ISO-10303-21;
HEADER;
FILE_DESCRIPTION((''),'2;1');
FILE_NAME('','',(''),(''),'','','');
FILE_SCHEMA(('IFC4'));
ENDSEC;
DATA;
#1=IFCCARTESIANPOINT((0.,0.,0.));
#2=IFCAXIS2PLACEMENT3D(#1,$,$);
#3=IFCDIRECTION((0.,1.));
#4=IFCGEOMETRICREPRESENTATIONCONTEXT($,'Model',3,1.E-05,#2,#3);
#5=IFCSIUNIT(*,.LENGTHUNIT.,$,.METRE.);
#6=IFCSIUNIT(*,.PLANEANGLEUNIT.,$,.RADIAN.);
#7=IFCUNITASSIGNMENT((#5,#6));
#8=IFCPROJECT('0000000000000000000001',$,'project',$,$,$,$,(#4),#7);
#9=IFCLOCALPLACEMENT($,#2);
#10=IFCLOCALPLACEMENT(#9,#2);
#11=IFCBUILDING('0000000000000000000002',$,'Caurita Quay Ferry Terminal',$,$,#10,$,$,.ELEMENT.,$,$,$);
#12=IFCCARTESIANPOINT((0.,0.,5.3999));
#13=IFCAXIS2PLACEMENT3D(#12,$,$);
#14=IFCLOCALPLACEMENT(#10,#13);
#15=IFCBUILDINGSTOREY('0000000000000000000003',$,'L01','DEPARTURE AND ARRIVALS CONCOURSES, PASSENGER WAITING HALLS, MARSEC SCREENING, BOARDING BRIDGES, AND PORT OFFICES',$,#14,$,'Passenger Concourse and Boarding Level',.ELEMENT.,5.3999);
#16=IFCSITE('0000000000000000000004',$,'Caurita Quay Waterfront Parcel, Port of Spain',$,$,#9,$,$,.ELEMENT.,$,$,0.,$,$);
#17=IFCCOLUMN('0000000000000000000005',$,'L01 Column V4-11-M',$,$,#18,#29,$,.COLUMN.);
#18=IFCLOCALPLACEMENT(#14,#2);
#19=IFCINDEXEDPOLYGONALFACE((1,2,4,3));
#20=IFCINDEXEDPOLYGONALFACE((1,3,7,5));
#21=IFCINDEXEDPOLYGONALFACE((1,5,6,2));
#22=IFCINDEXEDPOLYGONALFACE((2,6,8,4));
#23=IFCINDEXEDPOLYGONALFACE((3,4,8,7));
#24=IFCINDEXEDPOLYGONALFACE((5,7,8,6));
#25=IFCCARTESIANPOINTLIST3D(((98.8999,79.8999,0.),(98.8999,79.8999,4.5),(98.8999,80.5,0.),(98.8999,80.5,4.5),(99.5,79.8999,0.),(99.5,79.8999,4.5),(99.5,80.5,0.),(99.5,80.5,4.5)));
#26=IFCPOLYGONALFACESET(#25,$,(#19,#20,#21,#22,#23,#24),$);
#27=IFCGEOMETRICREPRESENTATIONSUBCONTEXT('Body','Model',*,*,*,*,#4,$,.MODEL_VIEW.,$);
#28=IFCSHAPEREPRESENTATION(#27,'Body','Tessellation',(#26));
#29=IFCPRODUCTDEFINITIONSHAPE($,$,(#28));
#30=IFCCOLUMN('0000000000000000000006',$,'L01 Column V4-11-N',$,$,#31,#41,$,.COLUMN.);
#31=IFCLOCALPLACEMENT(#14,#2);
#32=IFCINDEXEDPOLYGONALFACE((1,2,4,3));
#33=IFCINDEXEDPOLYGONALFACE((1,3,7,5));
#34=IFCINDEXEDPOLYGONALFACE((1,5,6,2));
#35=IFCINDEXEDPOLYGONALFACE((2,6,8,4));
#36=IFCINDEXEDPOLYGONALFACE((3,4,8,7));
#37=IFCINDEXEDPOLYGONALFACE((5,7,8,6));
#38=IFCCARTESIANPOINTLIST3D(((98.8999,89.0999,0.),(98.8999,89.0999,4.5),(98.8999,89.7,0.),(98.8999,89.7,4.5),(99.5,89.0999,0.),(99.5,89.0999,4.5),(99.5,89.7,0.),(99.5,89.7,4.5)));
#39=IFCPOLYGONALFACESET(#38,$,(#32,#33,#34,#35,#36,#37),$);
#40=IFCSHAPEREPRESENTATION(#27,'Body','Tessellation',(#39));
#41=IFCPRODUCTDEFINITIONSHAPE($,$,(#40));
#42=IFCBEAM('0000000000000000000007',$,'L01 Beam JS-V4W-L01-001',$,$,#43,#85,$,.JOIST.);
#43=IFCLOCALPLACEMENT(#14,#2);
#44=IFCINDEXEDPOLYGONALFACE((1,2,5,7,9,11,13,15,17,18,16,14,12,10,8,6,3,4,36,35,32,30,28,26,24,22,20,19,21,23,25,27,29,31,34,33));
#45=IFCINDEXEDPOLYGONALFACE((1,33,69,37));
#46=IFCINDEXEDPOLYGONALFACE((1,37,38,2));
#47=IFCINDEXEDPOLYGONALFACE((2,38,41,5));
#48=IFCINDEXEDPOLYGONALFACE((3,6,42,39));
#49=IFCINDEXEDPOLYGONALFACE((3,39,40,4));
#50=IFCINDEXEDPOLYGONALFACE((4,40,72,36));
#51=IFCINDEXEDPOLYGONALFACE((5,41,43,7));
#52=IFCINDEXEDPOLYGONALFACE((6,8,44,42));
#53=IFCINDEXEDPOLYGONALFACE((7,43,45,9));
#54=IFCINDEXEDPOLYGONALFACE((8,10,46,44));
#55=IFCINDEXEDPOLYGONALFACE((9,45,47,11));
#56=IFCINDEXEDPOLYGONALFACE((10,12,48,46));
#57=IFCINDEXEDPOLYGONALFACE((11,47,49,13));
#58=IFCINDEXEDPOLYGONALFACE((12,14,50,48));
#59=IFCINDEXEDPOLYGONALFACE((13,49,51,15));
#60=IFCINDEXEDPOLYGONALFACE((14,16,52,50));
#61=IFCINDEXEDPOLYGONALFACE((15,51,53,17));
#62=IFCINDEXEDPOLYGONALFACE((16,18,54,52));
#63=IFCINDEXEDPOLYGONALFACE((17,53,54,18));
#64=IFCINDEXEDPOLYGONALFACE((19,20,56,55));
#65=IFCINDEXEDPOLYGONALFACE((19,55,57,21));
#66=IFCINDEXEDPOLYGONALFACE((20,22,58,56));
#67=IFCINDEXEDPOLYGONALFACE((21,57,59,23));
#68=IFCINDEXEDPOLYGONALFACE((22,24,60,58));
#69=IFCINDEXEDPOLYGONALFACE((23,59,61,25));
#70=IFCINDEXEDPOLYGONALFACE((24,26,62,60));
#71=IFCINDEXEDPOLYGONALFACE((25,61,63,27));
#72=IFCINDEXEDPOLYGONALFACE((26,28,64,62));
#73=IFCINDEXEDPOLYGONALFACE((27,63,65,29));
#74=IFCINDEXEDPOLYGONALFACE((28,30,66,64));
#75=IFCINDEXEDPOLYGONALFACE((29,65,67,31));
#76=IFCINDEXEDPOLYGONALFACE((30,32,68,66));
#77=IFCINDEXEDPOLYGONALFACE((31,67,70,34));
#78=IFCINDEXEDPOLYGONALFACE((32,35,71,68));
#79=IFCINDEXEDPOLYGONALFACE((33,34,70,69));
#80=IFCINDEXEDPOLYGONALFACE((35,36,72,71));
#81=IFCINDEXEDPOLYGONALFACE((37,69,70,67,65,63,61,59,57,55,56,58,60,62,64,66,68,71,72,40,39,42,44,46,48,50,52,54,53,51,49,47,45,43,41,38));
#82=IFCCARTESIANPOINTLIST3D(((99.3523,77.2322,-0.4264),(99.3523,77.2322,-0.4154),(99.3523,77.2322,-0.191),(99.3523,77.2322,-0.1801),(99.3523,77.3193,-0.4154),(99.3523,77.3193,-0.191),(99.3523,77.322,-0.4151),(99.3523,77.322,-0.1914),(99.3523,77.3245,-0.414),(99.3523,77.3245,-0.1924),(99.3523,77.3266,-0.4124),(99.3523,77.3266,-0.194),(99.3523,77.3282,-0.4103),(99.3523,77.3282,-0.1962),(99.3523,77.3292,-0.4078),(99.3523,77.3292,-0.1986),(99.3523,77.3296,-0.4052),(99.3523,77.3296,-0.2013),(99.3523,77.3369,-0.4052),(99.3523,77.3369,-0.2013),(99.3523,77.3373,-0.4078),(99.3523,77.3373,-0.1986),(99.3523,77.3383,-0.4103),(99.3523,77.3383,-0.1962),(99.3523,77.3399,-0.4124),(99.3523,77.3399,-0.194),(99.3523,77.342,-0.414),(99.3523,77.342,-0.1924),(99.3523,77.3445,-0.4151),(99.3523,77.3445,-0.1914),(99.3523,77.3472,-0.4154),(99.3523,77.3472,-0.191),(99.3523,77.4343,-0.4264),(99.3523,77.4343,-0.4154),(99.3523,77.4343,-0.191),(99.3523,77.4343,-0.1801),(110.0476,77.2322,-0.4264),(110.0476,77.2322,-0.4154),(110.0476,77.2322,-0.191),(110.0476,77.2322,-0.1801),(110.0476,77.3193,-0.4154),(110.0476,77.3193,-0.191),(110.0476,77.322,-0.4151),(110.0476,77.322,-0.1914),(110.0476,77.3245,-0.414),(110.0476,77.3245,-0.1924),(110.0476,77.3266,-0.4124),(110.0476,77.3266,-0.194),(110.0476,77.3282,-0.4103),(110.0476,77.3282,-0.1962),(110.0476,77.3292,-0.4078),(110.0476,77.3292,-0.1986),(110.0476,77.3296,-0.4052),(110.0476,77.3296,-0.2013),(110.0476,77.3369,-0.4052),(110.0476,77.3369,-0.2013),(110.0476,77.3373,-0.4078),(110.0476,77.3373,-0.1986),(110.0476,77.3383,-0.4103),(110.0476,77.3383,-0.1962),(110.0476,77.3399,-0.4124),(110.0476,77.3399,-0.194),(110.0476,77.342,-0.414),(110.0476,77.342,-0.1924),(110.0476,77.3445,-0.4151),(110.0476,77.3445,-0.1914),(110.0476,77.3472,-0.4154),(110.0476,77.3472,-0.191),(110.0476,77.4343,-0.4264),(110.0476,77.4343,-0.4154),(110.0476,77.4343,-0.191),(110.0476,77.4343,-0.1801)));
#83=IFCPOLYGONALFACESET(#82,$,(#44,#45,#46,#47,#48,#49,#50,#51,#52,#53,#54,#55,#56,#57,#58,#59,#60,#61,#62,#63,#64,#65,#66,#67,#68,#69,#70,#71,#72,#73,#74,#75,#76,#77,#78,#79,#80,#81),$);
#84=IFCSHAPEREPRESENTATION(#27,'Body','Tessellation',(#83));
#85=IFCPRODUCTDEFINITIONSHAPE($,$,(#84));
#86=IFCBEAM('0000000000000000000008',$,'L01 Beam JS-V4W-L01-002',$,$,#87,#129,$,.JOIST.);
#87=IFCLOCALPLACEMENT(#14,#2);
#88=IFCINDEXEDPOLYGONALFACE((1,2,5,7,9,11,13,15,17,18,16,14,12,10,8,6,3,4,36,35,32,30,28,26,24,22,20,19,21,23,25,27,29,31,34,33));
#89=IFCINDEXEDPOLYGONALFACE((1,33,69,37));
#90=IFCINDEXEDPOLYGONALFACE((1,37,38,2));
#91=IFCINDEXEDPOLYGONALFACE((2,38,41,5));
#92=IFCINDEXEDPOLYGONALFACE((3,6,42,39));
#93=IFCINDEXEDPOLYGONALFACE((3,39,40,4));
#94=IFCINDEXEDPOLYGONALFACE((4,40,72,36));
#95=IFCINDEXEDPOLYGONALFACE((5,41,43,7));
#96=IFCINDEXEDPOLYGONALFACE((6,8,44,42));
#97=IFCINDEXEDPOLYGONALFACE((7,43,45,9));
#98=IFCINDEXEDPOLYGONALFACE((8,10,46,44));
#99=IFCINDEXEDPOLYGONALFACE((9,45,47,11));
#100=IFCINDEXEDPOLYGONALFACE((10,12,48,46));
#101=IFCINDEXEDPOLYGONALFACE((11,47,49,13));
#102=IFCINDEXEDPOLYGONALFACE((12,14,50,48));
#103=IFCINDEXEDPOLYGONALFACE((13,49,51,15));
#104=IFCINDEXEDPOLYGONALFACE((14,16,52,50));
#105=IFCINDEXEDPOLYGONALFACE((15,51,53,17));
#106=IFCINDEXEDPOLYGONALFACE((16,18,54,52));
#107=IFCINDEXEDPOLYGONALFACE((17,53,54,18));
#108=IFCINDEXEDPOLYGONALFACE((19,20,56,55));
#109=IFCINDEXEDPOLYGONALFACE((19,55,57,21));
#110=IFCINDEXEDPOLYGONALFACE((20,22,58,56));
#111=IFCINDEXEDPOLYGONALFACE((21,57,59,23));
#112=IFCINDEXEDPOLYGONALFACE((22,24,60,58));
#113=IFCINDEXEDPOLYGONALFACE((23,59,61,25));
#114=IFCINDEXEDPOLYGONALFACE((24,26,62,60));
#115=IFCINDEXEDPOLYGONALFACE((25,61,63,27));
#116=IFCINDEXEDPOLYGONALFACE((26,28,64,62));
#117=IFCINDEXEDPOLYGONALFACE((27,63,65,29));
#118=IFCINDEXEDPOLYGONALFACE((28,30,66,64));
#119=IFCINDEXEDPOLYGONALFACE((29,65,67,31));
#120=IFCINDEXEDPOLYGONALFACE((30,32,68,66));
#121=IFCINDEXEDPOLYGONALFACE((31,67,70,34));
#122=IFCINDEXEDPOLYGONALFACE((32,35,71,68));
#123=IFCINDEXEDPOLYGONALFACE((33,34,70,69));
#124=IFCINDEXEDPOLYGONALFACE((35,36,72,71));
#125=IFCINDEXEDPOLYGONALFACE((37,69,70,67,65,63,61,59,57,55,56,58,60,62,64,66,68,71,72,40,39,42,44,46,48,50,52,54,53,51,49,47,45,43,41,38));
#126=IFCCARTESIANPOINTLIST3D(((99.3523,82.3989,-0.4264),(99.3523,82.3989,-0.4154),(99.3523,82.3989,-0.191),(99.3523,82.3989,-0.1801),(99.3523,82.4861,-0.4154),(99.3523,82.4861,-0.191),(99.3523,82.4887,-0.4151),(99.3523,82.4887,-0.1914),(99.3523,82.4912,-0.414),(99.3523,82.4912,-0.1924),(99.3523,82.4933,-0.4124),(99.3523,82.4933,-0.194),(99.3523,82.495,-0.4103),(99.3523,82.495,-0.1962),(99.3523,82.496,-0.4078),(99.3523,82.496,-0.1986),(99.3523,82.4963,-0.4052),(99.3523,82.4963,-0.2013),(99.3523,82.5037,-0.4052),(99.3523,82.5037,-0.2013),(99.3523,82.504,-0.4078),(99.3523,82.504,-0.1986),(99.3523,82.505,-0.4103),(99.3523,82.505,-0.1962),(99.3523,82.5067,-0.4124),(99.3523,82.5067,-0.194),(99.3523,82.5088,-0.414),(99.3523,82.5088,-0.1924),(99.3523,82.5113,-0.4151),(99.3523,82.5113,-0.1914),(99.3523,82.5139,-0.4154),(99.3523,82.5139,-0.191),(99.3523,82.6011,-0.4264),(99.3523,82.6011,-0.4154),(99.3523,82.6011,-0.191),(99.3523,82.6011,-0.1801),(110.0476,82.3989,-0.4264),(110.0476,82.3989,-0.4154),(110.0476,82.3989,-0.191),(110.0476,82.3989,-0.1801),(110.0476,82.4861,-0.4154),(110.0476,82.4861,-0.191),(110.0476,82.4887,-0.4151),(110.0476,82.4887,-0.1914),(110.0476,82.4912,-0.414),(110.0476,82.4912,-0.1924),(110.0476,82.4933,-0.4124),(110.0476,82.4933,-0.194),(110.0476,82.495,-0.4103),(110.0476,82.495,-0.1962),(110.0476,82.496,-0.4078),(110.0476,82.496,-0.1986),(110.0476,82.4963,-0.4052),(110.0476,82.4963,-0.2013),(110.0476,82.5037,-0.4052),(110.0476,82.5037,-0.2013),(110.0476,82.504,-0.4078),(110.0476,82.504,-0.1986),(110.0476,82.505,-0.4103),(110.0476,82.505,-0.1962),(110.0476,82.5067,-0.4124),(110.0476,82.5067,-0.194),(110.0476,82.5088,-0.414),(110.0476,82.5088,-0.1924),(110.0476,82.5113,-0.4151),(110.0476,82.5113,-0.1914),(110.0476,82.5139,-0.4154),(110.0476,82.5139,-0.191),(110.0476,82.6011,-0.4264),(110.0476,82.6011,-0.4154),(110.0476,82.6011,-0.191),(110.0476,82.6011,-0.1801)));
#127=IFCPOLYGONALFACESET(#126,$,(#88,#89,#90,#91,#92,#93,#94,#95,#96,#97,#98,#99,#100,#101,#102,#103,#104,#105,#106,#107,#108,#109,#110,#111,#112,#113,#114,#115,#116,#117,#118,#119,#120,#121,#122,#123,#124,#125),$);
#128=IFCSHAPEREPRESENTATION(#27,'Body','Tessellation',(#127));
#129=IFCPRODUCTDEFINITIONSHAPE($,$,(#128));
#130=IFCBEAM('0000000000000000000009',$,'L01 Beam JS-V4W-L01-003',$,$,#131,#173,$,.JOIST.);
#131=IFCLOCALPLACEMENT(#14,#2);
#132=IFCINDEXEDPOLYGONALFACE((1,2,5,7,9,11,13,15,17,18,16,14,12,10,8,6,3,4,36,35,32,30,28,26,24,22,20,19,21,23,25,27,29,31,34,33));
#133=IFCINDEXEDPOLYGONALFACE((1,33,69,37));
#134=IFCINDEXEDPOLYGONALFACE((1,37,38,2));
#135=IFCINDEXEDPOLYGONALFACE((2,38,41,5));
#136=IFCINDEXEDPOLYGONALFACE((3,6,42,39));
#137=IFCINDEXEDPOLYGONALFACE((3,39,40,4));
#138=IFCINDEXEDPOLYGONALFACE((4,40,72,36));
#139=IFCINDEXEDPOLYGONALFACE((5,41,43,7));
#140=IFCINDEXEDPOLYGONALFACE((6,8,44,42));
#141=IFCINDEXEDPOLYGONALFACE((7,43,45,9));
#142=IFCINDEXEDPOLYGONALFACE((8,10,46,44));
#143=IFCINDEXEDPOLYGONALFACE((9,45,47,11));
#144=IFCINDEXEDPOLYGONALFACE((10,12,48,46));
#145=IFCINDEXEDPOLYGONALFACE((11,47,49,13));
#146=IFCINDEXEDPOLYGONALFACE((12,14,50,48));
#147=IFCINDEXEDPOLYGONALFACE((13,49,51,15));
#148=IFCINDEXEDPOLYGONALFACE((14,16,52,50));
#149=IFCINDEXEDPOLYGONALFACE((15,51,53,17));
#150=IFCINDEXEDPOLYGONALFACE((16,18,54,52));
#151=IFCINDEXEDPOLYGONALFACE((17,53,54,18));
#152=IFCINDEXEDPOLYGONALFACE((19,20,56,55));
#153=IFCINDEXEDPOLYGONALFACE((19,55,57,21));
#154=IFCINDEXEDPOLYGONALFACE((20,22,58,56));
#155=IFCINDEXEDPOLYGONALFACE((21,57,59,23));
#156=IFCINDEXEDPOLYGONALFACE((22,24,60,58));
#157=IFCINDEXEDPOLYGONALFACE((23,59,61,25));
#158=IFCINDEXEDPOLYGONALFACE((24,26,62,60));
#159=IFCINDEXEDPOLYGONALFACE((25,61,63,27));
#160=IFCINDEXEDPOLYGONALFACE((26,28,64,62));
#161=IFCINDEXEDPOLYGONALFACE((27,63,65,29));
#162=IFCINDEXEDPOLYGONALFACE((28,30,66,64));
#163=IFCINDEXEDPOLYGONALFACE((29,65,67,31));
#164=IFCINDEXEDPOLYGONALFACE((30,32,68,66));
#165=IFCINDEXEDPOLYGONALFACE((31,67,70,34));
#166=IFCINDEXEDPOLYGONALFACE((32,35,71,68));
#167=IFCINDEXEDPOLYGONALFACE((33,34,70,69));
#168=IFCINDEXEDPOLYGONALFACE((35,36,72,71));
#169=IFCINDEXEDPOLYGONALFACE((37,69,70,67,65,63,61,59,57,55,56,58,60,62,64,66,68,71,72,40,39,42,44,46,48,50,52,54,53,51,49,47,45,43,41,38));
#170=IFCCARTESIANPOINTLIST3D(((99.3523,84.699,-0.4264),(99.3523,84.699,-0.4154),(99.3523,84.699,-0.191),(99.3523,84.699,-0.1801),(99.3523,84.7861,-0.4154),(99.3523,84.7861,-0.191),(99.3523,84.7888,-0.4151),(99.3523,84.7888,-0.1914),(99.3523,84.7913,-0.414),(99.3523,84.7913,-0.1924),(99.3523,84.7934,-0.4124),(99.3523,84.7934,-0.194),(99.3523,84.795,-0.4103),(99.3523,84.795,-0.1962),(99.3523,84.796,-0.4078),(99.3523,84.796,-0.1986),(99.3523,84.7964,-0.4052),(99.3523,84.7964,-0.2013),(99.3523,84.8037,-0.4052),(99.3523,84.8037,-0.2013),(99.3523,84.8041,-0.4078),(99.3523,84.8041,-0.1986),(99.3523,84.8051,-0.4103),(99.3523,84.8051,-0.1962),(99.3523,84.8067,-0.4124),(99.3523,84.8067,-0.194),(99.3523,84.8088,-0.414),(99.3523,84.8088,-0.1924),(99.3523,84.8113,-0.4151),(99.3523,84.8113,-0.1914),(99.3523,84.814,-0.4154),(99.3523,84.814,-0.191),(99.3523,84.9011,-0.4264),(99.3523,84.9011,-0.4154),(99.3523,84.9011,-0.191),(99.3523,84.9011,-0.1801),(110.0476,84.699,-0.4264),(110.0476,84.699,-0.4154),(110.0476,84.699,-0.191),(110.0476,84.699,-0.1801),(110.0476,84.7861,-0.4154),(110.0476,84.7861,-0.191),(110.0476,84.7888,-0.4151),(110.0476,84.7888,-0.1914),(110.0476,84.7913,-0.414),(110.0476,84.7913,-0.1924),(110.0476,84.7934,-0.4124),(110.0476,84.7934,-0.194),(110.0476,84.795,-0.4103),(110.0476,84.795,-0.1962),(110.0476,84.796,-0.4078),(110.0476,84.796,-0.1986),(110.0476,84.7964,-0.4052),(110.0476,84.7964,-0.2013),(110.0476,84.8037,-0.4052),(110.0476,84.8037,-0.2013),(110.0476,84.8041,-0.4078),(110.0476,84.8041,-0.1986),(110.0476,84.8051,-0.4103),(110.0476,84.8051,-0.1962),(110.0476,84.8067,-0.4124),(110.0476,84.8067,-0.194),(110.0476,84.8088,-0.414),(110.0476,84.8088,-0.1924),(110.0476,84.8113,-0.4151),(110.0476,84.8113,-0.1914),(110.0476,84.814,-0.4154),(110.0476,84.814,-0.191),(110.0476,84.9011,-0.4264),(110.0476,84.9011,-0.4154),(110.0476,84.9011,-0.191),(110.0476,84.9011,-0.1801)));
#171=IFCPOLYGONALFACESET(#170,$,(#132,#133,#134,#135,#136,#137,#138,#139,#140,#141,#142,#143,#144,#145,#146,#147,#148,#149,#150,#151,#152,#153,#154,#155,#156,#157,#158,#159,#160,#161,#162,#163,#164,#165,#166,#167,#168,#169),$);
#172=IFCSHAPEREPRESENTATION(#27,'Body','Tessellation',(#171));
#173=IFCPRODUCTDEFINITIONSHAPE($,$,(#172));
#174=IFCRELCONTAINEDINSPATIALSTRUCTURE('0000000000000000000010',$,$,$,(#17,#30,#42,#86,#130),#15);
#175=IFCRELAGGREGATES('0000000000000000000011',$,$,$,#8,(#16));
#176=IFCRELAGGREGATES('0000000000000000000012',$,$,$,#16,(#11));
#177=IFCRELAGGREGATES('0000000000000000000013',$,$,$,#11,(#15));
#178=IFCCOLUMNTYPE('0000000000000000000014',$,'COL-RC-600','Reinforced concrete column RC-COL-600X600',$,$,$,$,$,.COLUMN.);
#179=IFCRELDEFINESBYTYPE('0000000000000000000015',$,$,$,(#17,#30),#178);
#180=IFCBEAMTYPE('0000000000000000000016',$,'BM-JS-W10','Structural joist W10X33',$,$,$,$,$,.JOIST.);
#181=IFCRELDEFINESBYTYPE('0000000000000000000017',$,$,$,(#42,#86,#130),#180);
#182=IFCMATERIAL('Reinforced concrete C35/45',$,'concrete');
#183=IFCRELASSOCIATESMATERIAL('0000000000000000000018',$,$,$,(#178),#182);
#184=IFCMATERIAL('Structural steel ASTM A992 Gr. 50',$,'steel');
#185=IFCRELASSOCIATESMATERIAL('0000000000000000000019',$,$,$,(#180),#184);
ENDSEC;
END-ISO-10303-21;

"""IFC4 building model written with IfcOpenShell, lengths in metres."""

from ifc_helpers import new_model, si_unit, direction, frame, origin, origin_2d, place, context, subcontext, project, spatial, rectangle, i_section, extrude, material, material_profile, profile_set, type_object, element, save


model = new_model("IFC4")

# Units and contexts
model_context = context("Model", 3, precision=1e-05, world=origin(), true_north=direction((0.0, 1.0)))
body_context = subcontext(model_context, "Body", "Model", "MODEL_VIEW")
ifc_project = project(units=[si_unit("LENGTHUNIT", "METRE"), si_unit("PLANEANGLEUNIT", "RADIAN")], contexts=[model_context])

# Site, building, storey
site_placement = place(None, origin())
site = spatial("IfcSite", under=ifc_project, at=site_placement, Name="Caurita Quay Waterfront Parcel, Port of Spain", CompositionType="ELEMENT", RefElevation=0.0)
building_placement = place(site_placement, origin())
building = spatial("IfcBuilding", under=site, at=building_placement, Name="Caurita Quay Ferry Terminal", CompositionType="ELEMENT")
storey_placement = place(building_placement, frame((0.0, 0.0, 5.3999)))
storey = spatial("IfcBuildingStorey", under=building, at=storey_placement, Name="L01", Description="DEPARTURE AND ARRIVALS CONCOURSES, PASSENGER WAITING HALLS, MARSEC SCREENING, BOARDING BRIDGES, AND PORT OFFICES", LongName="Passenger Concourse and Boarding Level", CompositionType="ELEMENT", Elevation=5.3999)

# Columns
ifc_material_1 = material(Name="Reinforced concrete C35/45", Category="concrete")
ifc_material_profile_1 = material_profile(ifc_material_1, rectangle(XDim=0.6001, YDim=0.6001, at=origin_2d()), Name="RC-COL-600X600")
ifc_profile_set_1 = profile_set([ifc_material_profile_1], Name="Reinforced concrete C35/45")
column_type = type_object("IfcColumnType", Name="COL-RC-600", Description="Reinforced concrete column RC-COL-600X600", PredefinedType="COLUMN", material=ifc_profile_set_1)
for number, where, z_axis, x_axis, name in (
    (1, (99.2, 80.2, 0.0), (0.0, 0.0, 1.0), (1.0, 0.0, 0.0), "L01 Column V4-11-M"),
    (2, (99.2, 89.3999, 0.0), (0.0, 0.0, 1.0), (1.0, 0.0, 0.0), "L01 Column V4-11-N"),
):
    element("IfcColumn", number, at=place(storey_placement, frame(where, z_axis=z_axis, x_axis=x_axis)), inside=storey, type_object=column_type, Name=name, PredefinedType="COLUMN", context=body_context, shape_type="SweptSolid", body=[
        extrude(rectangle(XDim=0.6001, YDim=0.6001, at=origin_2d()), origin(), (0.0, 0.0, 1.0), 4.5),
    ])

# Beams
ifc_material_2 = material(Name="Structural steel ASTM A992 Gr. 50", Category="steel")
ifc_material_profile_2 = material_profile(ifc_material_2, i_section(OverallWidth=0.2021, OverallDepth=0.2463, WebThickness=0.0073, FlangeThickness=0.011, FilletRadius=0.0103, at=origin_2d()), Name="W10X33")
ifc_profile_set_2 = profile_set([ifc_material_profile_2], Name="Structural steel ASTM A992 Gr. 50")
beam_type_1 = type_object("IfcBeamType", Name="BM-JS-W10", Description="Structural joist W10X33", PredefinedType="JOIST", material=ifc_profile_set_2)
for number, where, z_axis, x_axis, name in (
    (3, (99.3523, 77.3333, -0.3032), (1.0, 0.0, 0.0), (0.0, 1.0, 0.0), "L01 Beam JS-V4W-L01-001"),
    (4, (99.3523, 82.5, -0.3032), (1.0, 0.0, 0.0), (0.0, 1.0, 0.0), "L01 Beam JS-V4W-L01-002"),
    (5, (99.3523, 84.8, -0.3032), (1.0, 0.0, 0.0), (0.0, 1.0, 0.0), "L01 Beam JS-V4W-L01-003"),
):
    element("IfcBeam", number, at=place(storey_placement, frame(where, z_axis=z_axis, x_axis=x_axis)), inside=storey, type_object=beam_type_1, Name=name, PredefinedType="JOIST", context=body_context, shape_type="SweptSolid", body=[
        extrude(i_section(OverallWidth=0.2021, OverallDepth=0.2463, WebThickness=0.0073, FlangeThickness=0.011, FilletRadius=0.0103, at=origin_2d()), origin(), (0.0, 0.0, 1.0), 10.6953),
    ])

save(model, "model.ifc")
